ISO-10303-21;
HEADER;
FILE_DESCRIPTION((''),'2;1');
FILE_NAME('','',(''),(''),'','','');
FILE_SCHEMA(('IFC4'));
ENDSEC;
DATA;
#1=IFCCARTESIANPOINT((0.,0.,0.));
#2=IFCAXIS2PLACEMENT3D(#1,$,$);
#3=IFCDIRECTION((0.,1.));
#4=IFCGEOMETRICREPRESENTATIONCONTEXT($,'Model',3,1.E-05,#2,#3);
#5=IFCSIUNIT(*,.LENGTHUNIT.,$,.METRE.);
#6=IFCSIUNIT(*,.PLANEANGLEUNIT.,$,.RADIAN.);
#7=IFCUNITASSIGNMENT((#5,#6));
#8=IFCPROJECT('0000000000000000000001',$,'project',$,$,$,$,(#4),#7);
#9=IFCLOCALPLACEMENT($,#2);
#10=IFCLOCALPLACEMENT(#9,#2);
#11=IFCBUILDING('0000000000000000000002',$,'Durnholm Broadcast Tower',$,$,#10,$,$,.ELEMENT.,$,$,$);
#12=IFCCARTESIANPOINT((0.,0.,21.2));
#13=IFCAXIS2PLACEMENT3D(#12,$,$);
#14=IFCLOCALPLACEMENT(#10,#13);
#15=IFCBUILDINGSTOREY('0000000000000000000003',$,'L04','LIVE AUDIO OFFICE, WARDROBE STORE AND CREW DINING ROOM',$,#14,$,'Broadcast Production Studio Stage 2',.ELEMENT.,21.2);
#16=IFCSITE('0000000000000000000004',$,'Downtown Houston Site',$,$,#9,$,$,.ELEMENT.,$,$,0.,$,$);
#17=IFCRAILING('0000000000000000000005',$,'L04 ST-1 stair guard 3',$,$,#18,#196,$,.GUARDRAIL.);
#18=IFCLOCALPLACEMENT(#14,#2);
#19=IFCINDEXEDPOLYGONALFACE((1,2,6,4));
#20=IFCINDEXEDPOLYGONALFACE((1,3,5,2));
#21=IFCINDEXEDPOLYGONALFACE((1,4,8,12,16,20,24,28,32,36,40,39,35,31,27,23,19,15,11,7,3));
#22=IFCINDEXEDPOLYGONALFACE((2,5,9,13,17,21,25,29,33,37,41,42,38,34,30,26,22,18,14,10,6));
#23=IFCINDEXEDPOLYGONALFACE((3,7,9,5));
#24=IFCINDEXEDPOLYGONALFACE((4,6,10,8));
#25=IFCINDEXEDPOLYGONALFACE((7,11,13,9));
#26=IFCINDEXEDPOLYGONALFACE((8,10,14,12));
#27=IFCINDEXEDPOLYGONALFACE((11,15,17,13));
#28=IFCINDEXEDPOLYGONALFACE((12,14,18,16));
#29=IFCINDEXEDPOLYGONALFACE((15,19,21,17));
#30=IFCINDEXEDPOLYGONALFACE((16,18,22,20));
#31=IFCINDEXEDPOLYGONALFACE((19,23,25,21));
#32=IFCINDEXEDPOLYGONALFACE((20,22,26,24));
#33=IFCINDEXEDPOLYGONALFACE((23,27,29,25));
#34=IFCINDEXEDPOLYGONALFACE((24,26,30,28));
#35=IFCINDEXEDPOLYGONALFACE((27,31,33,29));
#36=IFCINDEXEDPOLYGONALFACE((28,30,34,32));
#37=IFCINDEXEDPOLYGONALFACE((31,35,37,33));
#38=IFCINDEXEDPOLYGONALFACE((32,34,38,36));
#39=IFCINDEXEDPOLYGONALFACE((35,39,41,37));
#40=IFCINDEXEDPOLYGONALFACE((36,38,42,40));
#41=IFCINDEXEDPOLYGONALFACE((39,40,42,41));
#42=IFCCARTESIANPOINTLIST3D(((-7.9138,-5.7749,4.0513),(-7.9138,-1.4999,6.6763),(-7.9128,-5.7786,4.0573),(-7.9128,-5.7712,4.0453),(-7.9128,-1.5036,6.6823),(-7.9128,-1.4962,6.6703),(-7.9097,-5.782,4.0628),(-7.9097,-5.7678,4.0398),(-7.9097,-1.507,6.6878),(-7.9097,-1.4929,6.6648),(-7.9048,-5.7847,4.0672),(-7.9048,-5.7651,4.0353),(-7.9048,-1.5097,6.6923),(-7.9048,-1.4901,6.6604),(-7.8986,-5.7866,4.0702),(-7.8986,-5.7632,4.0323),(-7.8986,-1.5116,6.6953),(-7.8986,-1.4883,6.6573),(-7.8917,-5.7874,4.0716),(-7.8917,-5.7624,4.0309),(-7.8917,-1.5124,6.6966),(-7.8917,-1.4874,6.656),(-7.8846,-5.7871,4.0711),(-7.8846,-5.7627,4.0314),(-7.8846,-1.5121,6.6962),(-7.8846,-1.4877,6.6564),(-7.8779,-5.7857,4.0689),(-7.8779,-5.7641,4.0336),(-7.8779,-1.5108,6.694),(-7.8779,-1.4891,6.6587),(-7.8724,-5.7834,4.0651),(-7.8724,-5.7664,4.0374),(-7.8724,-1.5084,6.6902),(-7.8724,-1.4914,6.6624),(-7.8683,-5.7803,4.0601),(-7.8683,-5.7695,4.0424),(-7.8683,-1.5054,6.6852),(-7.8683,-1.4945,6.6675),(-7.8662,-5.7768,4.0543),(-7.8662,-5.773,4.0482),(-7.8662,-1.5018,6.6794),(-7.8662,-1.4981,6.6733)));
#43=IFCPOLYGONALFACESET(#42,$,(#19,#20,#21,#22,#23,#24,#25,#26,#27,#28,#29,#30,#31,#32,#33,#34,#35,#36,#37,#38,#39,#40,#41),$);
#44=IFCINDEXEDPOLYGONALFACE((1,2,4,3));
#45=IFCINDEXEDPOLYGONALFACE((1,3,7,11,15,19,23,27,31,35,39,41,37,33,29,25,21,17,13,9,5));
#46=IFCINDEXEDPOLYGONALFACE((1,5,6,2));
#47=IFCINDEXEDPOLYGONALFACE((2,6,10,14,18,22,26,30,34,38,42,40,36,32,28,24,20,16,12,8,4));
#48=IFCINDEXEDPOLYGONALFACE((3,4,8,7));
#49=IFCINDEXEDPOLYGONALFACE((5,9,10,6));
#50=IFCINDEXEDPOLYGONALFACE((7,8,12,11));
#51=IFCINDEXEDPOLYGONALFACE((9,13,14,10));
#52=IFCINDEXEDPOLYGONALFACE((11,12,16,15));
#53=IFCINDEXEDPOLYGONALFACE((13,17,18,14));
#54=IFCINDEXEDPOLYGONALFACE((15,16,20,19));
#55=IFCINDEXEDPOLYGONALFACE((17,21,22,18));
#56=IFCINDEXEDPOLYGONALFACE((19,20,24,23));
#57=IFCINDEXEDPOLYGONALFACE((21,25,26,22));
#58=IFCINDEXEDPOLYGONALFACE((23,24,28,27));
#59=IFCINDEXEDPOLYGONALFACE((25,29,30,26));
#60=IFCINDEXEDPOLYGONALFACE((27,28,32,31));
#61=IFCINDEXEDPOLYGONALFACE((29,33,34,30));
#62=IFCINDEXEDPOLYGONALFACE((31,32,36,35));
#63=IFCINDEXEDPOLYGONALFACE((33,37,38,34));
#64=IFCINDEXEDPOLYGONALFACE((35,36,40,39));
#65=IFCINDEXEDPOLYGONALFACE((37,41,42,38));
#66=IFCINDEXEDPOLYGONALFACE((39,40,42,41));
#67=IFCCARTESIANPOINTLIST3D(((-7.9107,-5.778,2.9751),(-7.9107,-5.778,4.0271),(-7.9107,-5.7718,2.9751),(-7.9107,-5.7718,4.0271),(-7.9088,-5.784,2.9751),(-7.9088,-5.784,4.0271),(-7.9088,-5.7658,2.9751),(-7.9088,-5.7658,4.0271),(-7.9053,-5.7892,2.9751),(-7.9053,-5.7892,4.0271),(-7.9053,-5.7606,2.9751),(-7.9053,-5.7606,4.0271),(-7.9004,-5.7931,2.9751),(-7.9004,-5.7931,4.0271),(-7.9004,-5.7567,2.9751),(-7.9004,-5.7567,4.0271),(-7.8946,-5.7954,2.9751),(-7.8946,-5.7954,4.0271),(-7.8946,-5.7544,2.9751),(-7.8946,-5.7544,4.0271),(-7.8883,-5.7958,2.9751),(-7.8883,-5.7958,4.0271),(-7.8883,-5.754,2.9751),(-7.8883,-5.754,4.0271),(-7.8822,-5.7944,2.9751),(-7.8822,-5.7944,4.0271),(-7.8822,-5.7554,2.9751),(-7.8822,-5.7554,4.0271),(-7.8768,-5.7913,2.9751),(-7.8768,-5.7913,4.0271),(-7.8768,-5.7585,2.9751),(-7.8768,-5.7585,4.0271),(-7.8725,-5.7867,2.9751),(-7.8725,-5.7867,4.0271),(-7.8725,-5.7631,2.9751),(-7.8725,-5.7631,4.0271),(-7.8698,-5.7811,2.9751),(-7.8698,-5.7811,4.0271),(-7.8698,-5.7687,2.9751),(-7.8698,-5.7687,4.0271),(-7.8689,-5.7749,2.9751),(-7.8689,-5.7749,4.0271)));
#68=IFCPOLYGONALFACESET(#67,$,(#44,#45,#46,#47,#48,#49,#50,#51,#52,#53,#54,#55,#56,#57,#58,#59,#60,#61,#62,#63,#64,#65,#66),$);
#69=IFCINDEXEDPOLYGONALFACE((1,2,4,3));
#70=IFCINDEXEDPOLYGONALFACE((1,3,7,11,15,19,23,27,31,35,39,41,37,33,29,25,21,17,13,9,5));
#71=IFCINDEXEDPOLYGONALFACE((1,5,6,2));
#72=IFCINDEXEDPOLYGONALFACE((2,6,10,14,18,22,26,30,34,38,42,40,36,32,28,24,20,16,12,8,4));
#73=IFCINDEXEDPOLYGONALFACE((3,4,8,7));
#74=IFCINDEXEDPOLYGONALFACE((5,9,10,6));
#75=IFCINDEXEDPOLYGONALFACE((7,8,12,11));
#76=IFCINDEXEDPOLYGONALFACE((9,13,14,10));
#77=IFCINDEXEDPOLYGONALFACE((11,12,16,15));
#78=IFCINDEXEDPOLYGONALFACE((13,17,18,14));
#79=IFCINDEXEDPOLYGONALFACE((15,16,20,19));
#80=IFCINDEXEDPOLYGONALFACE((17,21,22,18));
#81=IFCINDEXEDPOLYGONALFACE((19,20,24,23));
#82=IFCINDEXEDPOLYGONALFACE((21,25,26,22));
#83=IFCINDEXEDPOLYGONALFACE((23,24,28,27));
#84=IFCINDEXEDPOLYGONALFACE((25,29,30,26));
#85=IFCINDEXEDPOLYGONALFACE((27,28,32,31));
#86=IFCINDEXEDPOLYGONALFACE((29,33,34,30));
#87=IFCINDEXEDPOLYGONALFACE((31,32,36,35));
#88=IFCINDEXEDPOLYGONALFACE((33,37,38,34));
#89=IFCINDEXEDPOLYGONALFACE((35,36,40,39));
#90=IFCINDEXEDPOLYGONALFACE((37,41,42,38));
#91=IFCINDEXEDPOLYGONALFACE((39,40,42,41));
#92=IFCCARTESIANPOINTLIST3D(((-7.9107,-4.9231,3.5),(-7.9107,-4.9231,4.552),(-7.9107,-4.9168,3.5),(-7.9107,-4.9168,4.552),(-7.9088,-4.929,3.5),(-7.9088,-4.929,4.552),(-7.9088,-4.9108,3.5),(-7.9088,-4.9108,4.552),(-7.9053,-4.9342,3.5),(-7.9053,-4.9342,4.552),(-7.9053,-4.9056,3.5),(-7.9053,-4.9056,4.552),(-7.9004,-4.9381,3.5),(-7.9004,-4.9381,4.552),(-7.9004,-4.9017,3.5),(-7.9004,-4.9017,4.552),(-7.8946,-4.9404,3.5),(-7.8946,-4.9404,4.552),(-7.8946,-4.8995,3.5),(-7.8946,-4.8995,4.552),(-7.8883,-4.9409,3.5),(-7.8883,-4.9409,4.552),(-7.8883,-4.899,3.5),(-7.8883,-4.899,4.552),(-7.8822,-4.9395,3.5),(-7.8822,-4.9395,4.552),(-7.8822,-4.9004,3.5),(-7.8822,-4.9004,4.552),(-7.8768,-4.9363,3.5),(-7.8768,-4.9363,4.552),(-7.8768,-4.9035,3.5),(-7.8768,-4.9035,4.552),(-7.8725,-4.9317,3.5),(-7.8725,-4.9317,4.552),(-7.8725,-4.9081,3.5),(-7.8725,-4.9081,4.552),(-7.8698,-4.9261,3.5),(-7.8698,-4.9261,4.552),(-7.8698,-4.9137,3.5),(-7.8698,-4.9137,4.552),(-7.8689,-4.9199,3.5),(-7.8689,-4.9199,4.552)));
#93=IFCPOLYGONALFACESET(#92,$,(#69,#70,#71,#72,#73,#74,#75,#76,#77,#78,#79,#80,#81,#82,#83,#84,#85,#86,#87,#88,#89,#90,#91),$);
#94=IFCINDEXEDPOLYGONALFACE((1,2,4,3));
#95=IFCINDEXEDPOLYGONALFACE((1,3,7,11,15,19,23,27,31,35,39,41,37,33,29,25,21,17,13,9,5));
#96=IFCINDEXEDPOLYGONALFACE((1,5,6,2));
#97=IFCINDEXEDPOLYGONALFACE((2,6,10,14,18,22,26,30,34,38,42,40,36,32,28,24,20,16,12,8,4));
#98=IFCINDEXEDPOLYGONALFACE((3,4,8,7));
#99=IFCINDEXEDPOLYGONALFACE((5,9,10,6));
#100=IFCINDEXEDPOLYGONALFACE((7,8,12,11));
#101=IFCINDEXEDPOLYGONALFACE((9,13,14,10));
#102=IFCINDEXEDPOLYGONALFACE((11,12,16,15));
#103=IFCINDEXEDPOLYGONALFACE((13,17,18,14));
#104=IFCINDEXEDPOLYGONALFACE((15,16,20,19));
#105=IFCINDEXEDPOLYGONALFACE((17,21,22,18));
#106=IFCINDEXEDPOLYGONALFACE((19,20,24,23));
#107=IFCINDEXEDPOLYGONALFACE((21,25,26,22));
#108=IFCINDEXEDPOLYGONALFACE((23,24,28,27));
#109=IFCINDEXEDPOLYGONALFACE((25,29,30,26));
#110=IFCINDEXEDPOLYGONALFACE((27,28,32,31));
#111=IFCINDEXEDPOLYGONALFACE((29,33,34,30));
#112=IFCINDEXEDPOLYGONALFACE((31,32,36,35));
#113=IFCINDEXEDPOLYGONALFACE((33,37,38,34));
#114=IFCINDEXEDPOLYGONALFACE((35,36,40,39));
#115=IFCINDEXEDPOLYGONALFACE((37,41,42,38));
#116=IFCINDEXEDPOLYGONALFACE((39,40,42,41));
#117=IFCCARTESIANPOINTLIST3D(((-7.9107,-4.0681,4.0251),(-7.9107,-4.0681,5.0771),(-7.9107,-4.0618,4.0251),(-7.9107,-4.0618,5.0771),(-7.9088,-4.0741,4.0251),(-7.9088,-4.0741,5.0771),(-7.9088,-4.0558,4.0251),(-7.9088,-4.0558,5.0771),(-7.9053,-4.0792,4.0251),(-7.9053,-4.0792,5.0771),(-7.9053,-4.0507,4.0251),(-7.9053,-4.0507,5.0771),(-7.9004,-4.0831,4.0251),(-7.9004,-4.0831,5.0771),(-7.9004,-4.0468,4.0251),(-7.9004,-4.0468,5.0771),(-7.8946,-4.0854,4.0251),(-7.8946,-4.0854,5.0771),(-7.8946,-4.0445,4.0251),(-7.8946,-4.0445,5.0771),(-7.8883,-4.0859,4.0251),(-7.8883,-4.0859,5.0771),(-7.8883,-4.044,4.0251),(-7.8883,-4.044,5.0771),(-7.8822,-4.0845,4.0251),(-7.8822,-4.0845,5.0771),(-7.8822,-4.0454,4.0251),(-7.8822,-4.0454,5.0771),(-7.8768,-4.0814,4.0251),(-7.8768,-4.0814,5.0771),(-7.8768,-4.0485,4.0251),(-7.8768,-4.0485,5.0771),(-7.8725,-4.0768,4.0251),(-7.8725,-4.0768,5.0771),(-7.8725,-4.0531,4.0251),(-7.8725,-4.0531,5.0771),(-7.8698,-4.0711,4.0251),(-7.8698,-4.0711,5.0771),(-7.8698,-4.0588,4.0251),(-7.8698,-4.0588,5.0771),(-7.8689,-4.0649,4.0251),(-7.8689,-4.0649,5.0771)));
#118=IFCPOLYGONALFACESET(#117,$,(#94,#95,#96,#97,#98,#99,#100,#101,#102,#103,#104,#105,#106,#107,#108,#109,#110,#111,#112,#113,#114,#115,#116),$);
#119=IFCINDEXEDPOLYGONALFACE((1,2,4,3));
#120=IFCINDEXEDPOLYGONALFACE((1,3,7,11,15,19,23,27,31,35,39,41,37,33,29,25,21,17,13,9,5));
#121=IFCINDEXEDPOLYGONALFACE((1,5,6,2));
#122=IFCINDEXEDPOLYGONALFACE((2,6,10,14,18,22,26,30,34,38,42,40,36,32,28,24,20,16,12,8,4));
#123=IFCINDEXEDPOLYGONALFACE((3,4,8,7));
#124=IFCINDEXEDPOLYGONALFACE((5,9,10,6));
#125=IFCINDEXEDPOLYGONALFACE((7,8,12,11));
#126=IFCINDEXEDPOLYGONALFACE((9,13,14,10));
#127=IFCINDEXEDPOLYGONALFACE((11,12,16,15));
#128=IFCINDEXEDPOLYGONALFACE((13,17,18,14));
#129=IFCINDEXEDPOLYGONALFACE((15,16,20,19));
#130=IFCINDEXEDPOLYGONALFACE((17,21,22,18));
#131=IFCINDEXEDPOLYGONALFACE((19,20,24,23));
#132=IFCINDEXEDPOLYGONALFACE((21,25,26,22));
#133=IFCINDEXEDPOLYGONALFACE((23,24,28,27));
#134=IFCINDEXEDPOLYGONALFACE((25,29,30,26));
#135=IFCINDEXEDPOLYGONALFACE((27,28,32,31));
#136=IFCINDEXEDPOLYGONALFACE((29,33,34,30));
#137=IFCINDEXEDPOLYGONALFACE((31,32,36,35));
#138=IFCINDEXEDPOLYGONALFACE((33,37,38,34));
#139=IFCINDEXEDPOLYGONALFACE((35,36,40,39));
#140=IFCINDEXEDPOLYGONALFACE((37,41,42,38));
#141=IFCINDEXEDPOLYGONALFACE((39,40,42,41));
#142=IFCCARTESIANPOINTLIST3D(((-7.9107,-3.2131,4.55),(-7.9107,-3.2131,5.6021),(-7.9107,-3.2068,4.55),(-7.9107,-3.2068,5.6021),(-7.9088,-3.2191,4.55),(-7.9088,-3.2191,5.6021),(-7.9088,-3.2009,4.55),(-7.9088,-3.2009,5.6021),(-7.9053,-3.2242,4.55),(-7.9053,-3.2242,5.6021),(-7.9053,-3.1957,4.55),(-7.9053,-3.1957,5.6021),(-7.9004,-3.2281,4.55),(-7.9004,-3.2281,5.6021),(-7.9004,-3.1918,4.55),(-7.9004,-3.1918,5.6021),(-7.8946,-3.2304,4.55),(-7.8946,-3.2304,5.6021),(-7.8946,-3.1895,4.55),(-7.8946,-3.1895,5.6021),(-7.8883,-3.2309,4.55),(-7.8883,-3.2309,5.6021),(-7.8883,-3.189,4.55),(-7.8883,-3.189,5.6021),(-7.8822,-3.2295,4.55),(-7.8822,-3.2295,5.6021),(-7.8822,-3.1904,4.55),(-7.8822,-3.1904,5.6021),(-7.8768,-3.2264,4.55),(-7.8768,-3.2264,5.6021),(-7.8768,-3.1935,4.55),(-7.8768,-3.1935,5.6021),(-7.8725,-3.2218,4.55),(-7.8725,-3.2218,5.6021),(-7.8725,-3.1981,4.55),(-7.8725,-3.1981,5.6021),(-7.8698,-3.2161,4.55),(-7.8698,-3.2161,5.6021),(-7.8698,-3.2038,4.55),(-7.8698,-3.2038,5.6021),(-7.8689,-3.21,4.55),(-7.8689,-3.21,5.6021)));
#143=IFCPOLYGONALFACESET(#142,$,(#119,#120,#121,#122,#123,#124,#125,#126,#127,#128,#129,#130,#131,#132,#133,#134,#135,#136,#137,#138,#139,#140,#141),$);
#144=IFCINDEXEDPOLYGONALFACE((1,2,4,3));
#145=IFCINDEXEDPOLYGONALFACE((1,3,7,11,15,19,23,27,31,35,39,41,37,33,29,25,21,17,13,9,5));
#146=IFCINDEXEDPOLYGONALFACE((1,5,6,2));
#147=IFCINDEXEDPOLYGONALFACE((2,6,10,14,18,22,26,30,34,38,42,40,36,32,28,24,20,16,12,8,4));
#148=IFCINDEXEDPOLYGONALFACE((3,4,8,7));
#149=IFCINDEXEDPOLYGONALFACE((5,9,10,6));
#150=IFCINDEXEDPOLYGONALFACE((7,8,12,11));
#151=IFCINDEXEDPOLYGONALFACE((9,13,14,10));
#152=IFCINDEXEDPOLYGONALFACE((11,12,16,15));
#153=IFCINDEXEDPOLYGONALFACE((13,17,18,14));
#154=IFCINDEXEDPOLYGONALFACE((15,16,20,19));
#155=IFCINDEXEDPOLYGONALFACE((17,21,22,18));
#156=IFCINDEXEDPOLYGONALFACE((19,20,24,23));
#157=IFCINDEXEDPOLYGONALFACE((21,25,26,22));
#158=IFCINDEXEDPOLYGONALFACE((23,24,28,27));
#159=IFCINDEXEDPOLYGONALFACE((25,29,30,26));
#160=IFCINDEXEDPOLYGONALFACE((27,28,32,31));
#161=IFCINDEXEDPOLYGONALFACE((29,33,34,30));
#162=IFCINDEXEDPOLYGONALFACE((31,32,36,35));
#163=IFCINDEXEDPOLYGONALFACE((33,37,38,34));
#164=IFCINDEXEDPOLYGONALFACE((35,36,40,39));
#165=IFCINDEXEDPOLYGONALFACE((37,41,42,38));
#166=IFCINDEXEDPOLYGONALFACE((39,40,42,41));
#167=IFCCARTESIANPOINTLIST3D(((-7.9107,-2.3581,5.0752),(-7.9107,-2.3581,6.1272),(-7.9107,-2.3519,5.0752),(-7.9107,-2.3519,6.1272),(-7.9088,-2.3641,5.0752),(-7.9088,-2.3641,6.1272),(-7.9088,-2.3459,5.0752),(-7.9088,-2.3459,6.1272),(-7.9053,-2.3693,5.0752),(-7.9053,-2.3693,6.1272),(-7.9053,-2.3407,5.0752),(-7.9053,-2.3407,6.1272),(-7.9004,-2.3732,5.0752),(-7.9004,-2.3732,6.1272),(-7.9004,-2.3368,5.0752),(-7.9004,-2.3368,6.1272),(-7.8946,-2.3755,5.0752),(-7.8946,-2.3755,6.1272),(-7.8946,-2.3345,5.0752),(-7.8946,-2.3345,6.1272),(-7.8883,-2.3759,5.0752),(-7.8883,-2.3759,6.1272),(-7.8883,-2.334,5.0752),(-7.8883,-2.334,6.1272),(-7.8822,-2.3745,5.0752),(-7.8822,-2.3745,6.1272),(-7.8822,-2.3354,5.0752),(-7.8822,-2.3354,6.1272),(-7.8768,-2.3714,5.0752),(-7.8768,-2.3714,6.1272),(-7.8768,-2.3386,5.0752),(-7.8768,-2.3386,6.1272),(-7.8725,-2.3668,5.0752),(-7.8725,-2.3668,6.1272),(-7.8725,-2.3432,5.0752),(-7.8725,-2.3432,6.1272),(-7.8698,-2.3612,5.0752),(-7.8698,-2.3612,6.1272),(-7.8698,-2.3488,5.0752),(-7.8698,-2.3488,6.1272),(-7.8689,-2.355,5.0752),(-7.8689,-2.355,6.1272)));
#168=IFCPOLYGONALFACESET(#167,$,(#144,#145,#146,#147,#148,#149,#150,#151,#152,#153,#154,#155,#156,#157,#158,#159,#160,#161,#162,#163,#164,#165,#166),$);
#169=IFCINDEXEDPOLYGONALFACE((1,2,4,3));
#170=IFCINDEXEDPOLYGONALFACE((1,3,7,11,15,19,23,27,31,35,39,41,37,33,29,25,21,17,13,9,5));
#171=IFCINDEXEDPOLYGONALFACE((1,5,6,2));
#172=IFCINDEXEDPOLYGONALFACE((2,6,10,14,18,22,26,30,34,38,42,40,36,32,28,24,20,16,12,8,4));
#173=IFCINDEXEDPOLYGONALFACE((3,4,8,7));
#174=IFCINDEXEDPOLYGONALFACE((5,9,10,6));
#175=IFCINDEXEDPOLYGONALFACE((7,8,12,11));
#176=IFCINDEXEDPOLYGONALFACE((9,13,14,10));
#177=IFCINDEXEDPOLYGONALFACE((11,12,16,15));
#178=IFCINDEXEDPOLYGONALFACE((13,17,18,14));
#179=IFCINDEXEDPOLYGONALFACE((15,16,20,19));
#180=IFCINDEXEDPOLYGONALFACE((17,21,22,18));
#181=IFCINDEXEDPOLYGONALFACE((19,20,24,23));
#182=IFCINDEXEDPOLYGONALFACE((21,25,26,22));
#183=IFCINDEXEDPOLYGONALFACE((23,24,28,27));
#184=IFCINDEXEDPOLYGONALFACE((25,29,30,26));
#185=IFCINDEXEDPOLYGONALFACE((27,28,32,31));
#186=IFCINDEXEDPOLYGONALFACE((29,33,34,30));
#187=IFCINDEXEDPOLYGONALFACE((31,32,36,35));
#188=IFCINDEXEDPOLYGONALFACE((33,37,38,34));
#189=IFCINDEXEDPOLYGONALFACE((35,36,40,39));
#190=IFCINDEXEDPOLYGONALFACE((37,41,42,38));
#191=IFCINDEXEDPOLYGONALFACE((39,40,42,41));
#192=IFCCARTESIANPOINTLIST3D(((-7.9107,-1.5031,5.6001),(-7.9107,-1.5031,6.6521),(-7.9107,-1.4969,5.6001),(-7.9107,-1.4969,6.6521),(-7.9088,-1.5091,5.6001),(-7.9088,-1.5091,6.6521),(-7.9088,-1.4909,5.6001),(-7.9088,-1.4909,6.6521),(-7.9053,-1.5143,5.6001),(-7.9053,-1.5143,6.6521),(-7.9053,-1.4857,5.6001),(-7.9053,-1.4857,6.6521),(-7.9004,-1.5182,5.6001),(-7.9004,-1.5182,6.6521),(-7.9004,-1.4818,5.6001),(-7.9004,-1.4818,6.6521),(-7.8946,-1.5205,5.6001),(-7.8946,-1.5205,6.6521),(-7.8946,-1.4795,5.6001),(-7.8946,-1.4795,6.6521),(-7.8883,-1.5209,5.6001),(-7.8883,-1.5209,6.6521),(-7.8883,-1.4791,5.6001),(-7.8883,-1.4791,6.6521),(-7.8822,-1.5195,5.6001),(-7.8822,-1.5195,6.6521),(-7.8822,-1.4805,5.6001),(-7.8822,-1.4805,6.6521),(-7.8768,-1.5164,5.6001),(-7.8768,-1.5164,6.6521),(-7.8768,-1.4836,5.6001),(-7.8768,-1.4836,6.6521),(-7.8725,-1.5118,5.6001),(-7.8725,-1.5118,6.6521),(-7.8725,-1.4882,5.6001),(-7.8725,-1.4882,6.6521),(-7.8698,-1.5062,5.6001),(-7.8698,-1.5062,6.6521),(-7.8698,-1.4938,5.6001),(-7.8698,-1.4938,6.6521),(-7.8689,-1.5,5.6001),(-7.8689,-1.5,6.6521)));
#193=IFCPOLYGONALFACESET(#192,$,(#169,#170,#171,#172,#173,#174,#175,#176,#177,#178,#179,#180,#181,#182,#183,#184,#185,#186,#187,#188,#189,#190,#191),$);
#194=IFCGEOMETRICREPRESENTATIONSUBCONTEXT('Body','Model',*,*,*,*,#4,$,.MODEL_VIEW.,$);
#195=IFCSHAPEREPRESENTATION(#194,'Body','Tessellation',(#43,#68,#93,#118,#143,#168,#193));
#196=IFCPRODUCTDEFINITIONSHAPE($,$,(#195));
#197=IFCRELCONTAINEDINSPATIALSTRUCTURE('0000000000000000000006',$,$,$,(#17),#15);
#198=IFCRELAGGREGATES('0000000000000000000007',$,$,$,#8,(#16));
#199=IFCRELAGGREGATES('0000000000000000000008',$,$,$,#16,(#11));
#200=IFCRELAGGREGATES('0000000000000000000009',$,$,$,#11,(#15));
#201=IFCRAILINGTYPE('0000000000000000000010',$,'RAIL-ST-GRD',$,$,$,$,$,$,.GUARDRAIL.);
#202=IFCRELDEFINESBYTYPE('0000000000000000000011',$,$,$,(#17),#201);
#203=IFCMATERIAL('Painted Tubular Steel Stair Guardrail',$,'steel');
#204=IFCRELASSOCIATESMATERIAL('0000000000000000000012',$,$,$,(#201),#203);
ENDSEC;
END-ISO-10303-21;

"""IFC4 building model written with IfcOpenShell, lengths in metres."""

from ifc_helpers import new_model, si_unit, direction, frame, origin, origin_2d, place, context, subcontext, project, spatial, circle, extrude, material, type_object, element, save


model = new_model("IFC4")

# Units and contexts
model_context = context("Model", 3, precision=1e-05, world=origin(), true_north=direction((0.0, 1.0)))
body_context = subcontext(model_context, "Body", "Model", "MODEL_VIEW")
ifc_project = project(units=[si_unit("LENGTHUNIT", "METRE"), si_unit("PLANEANGLEUNIT", "RADIAN")], contexts=[model_context])

# Site, building, storey
site_placement = place(None, origin())
site = spatial("IfcSite", under=ifc_project, at=site_placement, Name="Downtown Houston Site", CompositionType="ELEMENT", RefElevation=0.0)
building_placement = place(site_placement, origin())
building = spatial("IfcBuilding", under=site, at=building_placement, Name="Durnholm Broadcast Tower", CompositionType="ELEMENT")
storey_placement = place(building_placement, frame((0.0, 0.0, 21.2)))
storey = spatial("IfcBuildingStorey", under=building, at=storey_placement, Name="L04", Description="LIVE AUDIO OFFICE, WARDROBE STORE AND CREW DINING ROOM", LongName="Broadcast Production Studio Stage 2", CompositionType="ELEMENT", Elevation=21.2)

# Railing
ifc_material_1 = material(Name="Painted Tubular Steel Stair Guardrail", Category="steel")
railing_type_1 = type_object("IfcRailingType", Name="RAIL-ST-GRD", PredefinedType="GUARDRAIL", material=ifc_material_1)
railing_1_placement = place(storey_placement, frame((-7.8899, -5.7749, 2.9751)))
element("IfcRailing", 1, at=railing_1_placement, inside=storey, type_object=railing_type_1, Name="L04 ST-1 stair guard 3", PredefinedType="GUARDRAIL", context=body_context, shape_type="SweptSolid", body=[
    extrude(circle(Radius=0.0239, at=origin_2d()), frame((0.0, 0.0, 1.0762), z_axis=(0.0, 0.852166, 0.523272), x_axis=(-1.0, 0.0, 0.0)), (0.0, 0.0, 1.0), 5.0166),
    extrude(circle(Radius=0.021, at=origin_2d()), origin(), (0.0, 0.0, 1.0), 1.052),
    extrude(circle(Radius=0.021, at=origin_2d()), frame((0.0, 0.855, 0.5249)), (0.0, 0.0, 1.0), 1.052),
    extrude(circle(Radius=0.021, at=origin_2d()), frame((0.0, 1.71, 1.05)), (0.0, 0.0, 1.0), 1.052),
    extrude(circle(Radius=0.021, at=origin_2d()), frame((0.0, 2.5649, 1.575)), (0.0, 0.0, 1.0), 1.052),
    extrude(circle(Radius=0.021, at=origin_2d()), frame((0.0, 3.4199, 2.1001)), (0.0, 0.0, 1.0), 1.052),
    extrude(circle(Radius=0.021, at=origin_2d()), frame((0.0, 4.2749, 2.625)), (0.0, 0.0, 1.0), 1.052),
])

save(model, "model.ifc")
